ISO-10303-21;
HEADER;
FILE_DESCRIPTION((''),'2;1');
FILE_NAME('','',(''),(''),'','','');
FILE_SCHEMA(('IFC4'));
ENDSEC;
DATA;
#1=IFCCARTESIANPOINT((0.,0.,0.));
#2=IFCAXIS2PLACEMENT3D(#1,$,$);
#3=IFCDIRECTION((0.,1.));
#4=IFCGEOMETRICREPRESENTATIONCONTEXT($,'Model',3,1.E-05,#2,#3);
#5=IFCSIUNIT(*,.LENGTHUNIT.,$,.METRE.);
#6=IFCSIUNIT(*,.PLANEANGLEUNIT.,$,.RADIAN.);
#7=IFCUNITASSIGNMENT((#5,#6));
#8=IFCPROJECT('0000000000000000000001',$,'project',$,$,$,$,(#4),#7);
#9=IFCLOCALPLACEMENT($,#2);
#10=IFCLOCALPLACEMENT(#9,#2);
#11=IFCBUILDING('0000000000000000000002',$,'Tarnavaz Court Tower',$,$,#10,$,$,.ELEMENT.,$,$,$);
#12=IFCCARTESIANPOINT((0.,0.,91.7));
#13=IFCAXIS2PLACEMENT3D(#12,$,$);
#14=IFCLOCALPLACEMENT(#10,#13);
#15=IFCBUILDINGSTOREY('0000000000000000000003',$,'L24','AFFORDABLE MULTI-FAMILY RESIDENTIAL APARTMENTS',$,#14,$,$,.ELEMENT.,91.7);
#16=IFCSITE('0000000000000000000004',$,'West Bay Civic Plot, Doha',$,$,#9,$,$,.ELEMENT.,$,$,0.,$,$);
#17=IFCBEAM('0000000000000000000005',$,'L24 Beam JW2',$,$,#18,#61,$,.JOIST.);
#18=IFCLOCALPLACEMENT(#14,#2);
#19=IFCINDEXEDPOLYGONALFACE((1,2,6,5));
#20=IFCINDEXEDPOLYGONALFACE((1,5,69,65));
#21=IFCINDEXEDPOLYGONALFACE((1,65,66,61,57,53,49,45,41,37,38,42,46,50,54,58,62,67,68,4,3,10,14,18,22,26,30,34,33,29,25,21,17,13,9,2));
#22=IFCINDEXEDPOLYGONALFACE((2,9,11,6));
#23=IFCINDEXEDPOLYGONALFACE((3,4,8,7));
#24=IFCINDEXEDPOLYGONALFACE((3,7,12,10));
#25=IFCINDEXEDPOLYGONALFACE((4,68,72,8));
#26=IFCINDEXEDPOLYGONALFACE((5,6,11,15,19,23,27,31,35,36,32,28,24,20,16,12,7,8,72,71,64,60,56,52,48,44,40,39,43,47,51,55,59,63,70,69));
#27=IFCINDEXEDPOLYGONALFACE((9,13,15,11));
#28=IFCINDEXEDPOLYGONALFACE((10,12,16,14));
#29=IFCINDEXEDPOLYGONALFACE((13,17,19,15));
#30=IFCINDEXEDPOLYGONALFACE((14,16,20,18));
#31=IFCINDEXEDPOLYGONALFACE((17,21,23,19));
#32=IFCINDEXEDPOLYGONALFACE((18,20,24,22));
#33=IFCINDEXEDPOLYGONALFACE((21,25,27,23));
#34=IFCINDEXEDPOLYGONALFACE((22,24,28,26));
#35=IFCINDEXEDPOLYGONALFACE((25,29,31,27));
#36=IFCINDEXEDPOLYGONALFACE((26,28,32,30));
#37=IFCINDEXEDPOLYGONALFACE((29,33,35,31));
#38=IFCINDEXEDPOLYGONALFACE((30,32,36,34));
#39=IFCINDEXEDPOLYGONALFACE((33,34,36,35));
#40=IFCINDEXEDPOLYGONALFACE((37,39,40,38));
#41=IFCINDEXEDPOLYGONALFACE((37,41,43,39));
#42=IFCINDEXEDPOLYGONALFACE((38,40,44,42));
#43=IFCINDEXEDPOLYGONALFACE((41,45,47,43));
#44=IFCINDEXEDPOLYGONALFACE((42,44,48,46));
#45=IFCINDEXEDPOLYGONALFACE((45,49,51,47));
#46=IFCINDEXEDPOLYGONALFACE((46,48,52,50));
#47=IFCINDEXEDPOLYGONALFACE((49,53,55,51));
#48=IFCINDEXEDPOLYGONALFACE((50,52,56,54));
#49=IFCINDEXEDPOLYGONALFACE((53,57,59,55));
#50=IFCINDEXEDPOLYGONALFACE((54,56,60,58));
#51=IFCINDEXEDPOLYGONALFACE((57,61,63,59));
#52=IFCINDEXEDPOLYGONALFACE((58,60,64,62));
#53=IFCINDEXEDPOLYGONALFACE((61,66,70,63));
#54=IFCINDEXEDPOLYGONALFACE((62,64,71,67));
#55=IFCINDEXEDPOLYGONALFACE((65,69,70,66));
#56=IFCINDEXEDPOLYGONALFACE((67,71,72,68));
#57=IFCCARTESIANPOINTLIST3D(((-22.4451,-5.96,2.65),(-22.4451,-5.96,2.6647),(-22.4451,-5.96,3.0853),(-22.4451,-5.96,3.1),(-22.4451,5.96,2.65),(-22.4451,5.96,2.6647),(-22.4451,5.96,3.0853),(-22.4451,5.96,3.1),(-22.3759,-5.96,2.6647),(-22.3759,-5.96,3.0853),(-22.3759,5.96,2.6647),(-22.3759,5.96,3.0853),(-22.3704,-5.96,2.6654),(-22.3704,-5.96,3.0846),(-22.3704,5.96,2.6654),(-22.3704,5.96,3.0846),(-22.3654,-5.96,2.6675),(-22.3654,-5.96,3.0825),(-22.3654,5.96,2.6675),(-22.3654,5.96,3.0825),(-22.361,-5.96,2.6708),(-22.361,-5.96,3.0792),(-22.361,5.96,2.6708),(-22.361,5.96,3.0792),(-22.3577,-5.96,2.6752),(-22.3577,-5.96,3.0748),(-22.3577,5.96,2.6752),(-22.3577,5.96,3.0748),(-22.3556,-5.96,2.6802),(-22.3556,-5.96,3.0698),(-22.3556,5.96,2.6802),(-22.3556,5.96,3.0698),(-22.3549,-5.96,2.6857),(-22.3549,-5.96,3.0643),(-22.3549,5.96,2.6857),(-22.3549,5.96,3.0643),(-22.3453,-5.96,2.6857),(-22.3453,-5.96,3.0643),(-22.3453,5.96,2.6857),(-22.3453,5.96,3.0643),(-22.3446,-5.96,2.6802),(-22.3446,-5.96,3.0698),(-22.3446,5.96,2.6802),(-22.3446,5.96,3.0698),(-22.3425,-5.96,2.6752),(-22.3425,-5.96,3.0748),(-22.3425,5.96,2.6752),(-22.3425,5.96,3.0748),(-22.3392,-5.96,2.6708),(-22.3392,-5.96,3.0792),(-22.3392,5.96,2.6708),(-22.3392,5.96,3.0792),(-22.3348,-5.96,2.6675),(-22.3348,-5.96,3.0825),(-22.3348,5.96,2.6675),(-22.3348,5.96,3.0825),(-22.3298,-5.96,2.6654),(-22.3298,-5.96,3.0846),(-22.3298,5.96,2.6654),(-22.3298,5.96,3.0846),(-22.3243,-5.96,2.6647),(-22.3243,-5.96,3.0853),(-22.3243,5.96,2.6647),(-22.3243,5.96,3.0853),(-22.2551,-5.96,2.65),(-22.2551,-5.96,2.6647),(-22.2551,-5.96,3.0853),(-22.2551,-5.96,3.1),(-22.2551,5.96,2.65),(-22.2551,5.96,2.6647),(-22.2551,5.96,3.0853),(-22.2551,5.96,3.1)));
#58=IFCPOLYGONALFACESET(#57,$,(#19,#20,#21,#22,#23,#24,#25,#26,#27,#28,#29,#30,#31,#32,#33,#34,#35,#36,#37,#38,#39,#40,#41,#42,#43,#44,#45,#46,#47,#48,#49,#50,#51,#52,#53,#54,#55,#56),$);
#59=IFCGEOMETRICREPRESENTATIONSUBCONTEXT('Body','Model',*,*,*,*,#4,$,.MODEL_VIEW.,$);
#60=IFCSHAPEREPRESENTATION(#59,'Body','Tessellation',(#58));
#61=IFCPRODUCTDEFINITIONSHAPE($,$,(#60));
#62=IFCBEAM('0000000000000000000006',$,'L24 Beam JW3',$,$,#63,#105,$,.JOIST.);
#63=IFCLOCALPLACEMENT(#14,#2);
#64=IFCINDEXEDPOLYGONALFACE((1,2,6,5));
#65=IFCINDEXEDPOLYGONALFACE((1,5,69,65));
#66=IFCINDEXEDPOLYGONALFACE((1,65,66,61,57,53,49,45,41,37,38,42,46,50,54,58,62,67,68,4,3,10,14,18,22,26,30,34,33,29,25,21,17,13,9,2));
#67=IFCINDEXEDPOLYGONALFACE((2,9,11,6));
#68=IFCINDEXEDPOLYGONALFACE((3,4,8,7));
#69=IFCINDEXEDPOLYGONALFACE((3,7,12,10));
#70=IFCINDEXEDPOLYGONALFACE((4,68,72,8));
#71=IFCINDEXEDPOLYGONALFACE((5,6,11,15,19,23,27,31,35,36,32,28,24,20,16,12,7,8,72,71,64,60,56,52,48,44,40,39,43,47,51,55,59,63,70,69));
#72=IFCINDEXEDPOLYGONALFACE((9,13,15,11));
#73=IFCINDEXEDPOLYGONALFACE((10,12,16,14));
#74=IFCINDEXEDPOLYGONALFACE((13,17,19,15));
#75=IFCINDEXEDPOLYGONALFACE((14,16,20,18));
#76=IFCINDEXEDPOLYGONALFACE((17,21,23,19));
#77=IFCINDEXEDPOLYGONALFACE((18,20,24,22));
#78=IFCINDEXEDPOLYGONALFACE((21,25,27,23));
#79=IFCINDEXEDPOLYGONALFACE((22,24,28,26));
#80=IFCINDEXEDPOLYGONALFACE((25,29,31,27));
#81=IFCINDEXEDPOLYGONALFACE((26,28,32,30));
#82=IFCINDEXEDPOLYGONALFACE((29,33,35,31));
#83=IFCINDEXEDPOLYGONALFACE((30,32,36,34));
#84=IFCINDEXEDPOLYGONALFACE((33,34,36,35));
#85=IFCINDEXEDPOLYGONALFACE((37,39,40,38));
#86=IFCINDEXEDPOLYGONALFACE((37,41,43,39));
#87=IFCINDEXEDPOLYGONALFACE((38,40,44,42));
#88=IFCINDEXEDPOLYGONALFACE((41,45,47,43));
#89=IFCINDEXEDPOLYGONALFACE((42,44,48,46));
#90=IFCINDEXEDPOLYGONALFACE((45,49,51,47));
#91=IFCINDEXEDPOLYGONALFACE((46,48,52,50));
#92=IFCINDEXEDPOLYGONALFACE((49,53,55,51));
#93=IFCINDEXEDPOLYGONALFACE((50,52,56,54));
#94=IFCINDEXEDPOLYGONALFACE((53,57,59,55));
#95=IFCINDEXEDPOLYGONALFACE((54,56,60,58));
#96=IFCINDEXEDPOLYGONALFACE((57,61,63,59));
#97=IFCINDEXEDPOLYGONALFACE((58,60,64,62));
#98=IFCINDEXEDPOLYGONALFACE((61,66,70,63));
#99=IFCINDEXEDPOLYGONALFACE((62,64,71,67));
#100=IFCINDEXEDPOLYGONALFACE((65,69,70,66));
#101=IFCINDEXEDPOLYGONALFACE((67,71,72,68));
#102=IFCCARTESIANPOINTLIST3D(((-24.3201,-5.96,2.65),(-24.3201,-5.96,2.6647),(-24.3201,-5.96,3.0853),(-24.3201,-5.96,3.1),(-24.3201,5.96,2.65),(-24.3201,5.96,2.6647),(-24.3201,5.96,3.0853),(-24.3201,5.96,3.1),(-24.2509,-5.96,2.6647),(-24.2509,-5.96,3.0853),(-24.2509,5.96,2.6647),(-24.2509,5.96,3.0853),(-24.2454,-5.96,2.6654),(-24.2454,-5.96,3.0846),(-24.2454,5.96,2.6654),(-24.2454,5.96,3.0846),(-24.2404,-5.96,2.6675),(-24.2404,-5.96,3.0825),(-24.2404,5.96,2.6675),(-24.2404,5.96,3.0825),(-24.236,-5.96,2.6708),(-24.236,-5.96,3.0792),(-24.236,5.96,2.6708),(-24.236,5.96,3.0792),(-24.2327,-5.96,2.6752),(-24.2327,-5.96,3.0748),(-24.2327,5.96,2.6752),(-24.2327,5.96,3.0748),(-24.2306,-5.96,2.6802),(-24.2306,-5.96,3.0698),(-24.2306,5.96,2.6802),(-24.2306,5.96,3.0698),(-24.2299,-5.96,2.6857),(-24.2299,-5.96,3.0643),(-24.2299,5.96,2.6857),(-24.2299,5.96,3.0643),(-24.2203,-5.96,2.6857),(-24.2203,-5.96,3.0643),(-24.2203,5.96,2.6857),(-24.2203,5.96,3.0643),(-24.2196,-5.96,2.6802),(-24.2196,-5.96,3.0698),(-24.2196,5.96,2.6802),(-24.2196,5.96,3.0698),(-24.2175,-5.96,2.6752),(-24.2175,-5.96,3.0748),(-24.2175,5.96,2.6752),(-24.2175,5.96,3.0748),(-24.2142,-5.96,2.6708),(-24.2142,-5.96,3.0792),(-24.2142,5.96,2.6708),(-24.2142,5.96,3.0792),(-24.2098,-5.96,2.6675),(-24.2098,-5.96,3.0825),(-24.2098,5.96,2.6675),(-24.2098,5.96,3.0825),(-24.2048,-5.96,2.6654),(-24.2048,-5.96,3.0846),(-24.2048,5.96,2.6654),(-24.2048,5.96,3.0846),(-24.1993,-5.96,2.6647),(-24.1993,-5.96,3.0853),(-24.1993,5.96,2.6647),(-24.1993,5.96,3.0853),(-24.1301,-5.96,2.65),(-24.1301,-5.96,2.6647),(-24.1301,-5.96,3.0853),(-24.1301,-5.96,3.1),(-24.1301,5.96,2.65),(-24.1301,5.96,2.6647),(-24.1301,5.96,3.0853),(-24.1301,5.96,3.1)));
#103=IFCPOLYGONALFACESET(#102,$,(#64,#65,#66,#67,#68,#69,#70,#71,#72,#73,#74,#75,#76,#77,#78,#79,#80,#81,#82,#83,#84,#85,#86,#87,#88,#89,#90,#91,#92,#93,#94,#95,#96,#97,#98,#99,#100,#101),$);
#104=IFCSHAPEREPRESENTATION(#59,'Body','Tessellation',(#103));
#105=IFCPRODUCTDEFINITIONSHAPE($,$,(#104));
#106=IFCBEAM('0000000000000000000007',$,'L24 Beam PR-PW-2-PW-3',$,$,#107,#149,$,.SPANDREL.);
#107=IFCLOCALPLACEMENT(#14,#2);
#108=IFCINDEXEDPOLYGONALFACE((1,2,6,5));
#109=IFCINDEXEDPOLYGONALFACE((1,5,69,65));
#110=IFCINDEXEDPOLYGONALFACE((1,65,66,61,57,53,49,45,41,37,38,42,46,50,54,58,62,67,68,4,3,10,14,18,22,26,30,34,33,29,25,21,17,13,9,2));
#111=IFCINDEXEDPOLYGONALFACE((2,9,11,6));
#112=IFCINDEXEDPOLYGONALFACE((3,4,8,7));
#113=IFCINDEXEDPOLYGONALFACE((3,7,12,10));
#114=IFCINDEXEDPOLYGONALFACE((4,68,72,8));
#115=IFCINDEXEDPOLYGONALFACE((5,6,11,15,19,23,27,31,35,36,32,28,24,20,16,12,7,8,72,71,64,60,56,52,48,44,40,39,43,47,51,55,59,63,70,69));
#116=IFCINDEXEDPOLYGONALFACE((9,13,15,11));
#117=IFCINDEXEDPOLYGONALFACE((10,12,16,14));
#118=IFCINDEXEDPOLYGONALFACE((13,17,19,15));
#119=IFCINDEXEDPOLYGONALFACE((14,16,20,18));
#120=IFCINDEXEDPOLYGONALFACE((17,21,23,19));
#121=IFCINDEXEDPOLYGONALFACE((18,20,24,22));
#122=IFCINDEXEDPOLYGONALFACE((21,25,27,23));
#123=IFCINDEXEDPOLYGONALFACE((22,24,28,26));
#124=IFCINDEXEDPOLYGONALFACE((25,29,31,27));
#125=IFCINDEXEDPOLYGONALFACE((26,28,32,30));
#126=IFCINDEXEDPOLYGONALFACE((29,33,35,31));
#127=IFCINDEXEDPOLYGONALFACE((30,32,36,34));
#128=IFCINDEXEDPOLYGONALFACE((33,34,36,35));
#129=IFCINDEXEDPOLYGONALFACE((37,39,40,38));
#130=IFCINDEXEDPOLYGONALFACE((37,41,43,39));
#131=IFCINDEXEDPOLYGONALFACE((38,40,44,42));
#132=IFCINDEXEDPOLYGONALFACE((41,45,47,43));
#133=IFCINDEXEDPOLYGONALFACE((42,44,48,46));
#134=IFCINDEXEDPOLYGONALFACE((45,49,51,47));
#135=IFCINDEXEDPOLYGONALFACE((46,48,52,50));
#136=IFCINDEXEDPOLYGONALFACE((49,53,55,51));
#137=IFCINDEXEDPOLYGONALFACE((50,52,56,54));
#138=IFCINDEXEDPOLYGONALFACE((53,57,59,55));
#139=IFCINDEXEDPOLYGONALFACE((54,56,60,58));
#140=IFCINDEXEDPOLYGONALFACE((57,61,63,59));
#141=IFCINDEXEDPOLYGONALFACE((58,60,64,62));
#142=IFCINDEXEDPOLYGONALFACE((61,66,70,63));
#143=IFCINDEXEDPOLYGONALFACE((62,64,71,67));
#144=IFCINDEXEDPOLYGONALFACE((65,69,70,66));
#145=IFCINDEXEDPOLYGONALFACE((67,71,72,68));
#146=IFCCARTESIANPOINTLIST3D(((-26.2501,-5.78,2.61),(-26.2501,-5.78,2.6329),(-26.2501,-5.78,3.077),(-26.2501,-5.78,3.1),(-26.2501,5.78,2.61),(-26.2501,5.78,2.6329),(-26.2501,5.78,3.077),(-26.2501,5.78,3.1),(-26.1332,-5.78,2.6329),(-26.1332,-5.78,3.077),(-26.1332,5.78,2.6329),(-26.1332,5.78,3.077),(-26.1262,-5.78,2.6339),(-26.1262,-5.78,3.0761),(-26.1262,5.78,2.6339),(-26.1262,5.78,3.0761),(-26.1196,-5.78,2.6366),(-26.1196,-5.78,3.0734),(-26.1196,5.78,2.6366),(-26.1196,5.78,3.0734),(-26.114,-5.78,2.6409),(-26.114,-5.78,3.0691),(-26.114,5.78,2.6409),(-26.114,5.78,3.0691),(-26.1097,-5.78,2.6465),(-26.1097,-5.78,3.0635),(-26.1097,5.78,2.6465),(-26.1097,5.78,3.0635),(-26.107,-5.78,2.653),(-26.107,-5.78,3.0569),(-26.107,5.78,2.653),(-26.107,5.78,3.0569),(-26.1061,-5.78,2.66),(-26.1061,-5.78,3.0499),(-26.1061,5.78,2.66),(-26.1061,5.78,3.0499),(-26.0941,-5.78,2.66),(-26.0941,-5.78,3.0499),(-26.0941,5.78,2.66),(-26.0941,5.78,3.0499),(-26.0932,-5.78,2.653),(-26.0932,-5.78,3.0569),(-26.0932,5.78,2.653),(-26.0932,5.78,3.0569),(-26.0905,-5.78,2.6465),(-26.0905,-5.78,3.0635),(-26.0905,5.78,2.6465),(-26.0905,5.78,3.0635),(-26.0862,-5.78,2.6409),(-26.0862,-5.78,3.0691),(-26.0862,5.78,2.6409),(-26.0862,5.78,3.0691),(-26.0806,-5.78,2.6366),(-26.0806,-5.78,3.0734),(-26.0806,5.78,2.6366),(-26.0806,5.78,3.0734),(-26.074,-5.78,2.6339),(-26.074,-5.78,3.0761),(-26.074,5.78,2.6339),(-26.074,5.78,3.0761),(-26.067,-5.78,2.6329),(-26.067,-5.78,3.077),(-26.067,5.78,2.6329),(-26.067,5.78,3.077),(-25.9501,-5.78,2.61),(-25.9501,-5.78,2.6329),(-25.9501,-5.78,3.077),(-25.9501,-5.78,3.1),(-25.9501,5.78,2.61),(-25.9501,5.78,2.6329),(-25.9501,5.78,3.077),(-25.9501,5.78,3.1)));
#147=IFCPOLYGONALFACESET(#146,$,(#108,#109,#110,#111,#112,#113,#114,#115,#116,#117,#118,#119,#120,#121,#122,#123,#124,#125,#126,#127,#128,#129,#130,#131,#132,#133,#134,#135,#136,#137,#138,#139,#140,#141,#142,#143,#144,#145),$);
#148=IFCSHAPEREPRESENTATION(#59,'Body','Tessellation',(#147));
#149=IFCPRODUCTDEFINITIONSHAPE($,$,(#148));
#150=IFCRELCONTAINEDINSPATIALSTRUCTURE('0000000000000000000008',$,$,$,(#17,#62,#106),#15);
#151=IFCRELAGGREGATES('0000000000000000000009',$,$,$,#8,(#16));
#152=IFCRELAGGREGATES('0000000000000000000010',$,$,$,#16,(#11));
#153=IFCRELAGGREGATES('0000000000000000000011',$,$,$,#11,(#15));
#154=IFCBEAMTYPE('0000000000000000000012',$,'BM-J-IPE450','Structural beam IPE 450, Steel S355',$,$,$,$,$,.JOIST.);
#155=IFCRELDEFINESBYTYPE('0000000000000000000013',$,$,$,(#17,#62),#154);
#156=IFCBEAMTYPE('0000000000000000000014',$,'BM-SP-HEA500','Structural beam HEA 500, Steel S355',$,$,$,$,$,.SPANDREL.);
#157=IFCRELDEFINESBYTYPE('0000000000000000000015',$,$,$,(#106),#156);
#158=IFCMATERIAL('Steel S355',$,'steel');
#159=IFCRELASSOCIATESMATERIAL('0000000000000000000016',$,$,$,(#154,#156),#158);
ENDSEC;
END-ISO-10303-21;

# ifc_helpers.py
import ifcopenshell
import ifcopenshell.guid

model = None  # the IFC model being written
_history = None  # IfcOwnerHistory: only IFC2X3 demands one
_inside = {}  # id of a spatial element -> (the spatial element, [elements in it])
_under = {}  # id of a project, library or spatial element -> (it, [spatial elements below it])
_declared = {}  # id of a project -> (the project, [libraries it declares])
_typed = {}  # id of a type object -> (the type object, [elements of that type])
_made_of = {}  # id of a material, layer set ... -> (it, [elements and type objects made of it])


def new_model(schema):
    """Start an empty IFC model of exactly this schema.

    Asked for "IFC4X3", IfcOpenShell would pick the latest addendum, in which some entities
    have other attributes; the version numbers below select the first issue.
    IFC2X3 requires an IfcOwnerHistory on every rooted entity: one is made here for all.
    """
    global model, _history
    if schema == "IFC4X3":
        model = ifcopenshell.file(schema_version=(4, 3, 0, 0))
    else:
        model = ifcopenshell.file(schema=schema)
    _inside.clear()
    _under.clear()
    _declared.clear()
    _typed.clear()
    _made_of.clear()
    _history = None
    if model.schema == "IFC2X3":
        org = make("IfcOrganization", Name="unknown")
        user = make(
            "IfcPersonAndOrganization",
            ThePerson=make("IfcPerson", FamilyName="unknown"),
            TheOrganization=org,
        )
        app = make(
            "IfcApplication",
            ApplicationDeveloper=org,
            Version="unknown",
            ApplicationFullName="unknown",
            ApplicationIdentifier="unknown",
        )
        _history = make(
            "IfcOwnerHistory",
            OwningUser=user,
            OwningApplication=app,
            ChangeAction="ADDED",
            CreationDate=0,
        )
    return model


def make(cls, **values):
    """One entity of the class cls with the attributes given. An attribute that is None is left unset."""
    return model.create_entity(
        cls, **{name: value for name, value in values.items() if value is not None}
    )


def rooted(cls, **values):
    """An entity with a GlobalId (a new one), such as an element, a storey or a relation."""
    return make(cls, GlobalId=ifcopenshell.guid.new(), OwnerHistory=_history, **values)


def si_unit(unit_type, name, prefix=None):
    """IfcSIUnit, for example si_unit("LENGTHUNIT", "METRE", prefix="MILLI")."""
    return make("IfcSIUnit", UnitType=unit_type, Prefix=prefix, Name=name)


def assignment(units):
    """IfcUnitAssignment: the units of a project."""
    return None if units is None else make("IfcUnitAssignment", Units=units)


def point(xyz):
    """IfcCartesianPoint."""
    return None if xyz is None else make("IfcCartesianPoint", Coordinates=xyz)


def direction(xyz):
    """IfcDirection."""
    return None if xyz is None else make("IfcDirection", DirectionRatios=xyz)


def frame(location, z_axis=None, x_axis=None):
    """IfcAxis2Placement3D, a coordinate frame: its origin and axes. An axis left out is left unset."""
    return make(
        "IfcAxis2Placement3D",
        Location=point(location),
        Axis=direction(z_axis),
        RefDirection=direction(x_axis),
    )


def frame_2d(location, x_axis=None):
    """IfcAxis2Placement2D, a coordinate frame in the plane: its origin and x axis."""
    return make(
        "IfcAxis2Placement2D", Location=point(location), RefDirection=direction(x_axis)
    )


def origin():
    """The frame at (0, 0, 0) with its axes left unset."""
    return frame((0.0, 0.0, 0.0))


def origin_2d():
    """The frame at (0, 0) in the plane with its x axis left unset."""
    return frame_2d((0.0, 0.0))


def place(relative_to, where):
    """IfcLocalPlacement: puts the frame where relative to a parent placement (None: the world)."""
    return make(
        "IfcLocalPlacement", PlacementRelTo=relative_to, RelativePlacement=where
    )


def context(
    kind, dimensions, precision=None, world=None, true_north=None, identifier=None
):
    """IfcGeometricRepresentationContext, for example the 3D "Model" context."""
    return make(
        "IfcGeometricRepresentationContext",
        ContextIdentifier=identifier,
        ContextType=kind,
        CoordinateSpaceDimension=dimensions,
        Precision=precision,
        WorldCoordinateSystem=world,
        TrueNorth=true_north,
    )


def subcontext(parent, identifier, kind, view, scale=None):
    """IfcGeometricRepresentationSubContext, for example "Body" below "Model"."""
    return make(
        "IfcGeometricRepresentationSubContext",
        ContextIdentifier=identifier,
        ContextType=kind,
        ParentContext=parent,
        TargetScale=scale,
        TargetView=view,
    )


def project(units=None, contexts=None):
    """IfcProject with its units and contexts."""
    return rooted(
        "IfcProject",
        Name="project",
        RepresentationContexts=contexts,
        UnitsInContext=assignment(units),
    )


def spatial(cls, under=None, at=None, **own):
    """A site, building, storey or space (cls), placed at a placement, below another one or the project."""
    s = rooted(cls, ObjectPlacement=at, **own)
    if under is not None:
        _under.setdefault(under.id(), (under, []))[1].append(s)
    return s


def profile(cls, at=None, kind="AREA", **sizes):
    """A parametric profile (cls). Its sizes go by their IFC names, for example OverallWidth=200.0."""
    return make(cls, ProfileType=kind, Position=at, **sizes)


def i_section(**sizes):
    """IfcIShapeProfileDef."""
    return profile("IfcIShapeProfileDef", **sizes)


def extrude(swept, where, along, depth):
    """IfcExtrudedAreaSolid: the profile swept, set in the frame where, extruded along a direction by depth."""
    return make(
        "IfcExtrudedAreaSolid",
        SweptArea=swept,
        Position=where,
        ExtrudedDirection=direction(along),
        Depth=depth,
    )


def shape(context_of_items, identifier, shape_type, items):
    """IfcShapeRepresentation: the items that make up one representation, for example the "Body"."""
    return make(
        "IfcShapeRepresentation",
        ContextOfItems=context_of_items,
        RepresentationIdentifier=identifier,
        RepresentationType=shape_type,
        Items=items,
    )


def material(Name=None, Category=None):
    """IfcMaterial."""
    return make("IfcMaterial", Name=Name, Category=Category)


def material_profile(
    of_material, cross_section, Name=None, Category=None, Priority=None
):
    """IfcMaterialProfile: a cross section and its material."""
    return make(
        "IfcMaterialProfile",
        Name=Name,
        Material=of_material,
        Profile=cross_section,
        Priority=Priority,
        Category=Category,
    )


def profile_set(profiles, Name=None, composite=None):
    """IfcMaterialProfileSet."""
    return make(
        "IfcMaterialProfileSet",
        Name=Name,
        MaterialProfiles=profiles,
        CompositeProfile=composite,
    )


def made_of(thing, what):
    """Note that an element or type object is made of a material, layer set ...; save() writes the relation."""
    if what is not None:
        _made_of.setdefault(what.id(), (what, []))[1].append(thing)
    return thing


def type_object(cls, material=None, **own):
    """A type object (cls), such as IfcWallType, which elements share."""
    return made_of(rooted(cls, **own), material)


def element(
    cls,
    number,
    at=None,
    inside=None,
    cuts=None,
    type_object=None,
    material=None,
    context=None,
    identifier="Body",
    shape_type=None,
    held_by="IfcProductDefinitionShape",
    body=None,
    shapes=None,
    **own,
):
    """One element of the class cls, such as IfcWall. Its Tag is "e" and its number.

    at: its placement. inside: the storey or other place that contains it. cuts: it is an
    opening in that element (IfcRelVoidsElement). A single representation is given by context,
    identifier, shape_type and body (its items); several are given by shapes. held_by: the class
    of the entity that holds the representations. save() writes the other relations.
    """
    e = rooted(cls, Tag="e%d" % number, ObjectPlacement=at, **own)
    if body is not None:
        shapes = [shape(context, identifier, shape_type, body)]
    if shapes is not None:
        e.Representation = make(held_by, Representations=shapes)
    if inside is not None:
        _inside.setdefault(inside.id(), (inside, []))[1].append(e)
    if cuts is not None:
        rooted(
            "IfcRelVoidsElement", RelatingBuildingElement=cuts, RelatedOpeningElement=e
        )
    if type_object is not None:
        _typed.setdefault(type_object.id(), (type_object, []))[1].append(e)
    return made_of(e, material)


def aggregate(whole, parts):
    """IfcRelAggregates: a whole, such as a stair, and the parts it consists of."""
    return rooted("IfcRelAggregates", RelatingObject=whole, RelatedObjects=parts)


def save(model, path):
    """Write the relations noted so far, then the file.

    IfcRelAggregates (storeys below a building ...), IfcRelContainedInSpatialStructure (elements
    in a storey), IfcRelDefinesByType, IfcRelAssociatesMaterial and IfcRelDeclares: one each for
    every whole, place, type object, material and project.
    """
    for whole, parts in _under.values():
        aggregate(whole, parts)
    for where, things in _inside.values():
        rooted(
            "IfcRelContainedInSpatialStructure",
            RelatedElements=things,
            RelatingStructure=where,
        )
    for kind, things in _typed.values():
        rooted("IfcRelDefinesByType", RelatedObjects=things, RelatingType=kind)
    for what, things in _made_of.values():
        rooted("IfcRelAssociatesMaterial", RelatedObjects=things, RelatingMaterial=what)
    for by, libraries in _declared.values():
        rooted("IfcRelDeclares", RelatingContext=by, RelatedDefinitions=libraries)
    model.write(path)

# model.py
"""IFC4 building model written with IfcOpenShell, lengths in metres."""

from ifc_helpers import new_model, si_unit, direction, frame, origin, origin_2d, place, context, subcontext, project, spatial, i_section, extrude, material, material_profile, profile_set, type_object, element, save


model = new_model("IFC4")

# Units and contexts
model_context = context("Model", 3, precision=1e-05, world=origin(), true_north=direction((0.0, 1.0)))
body_context = subcontext(model_context, "Body", "Model", "MODEL_VIEW")
ifc_project = project(units=[si_unit("LENGTHUNIT", "METRE"), si_unit("PLANEANGLEUNIT", "RADIAN")], contexts=[model_context])

# Site, building, storey
site_placement = place(None, origin())
site = spatial("IfcSite", under=ifc_project, at=site_placement, Name="West Bay Civic Plot, Doha", CompositionType="ELEMENT", RefElevation=0.0)
building_placement = place(site_placement, origin())
building = spatial("IfcBuilding", under=site, at=building_placement, Name="Tarnavaz Court Tower", CompositionType="ELEMENT")
storey_placement = place(building_placement, frame((0.0, 0.0, 91.7)))
storey = spatial("IfcBuildingStorey", under=building, at=storey_placement, Name="L24", Description="AFFORDABLE MULTI-FAMILY RESIDENTIAL APARTMENTS", CompositionType="ELEMENT", Elevation=91.7)

# Beams
ifc_material_1 = material(Name="Steel S355", Category="steel")
ifc_material_profile_1 = material_profile(ifc_material_1, i_section(OverallWidth=0.1899, OverallDepth=0.45, WebThickness=0.0095, FlangeThickness=0.0146, FilletRadius=0.021, at=origin_2d()), Name="IPE 450")
ifc_profile_set_1 = profile_set([ifc_material_profile_1], Name="Steel S355")
beam_type_1 = type_object("IfcBeamType", Name="BM-J-IPE450", Description="Structural beam IPE 450, Steel S355", PredefinedType="JOIST", material=ifc_profile_set_1)
for number, where, z_axis, x_axis, name in (
    (1, (-22.3501, -5.96, 2.875), (0.0, 1.0, 0.0), (-1.0, 0.0, 0.0), "L24 Beam JW2"),
    (2, (-24.2251, -5.96, 2.875), (0.0, 1.0, 0.0), (-1.0, 0.0, 0.0), "L24 Beam JW3"),
):
    element("IfcBeam", number, at=place(storey_placement, frame(where, z_axis=z_axis, x_axis=x_axis)), inside=storey, type_object=beam_type_1, Name=name, PredefinedType="JOIST", context=body_context, shape_type="SweptSolid", body=[
        extrude(i_section(OverallWidth=0.1899, OverallDepth=0.45, WebThickness=0.0095, FlangeThickness=0.0146, FilletRadius=0.021, at=origin_2d()), origin(), (0.0, 0.0, 1.0), 11.9199),
    ])
ifc_material_profile_2 = material_profile(ifc_material_1, i_section(OverallWidth=0.3, OverallDepth=0.49, WebThickness=0.012, FlangeThickness=0.0229, FilletRadius=0.0271, at=origin_2d()), Name="HEA 500")
ifc_profile_set_2 = profile_set([ifc_material_profile_2], Name="Steel S355")
beam_type_2 = type_object("IfcBeamType", Name="BM-SP-HEA500", Description="Structural beam HEA 500, Steel S355", PredefinedType="SPANDREL", material=ifc_profile_set_2)
beam_1_placement = place(storey_placement, frame((-26.1001, -5.78, 2.855), z_axis=(0.0, 1.0, 0.0), x_axis=(-1.0, 0.0, 0.0)))
element("IfcBeam", 3, at=beam_1_placement, inside=storey, type_object=beam_type_2, Name="L24 Beam PR-PW-2-PW-3", PredefinedType="SPANDREL", context=body_context, shape_type="SweptSolid", body=[
    extrude(i_section(OverallWidth=0.3, OverallDepth=0.49, WebThickness=0.012, FlangeThickness=0.0229, FilletRadius=0.0271, at=origin_2d()), origin(), (0.0, 0.0, 1.0), 11.5601),
])

save(model, "model.ifc")
